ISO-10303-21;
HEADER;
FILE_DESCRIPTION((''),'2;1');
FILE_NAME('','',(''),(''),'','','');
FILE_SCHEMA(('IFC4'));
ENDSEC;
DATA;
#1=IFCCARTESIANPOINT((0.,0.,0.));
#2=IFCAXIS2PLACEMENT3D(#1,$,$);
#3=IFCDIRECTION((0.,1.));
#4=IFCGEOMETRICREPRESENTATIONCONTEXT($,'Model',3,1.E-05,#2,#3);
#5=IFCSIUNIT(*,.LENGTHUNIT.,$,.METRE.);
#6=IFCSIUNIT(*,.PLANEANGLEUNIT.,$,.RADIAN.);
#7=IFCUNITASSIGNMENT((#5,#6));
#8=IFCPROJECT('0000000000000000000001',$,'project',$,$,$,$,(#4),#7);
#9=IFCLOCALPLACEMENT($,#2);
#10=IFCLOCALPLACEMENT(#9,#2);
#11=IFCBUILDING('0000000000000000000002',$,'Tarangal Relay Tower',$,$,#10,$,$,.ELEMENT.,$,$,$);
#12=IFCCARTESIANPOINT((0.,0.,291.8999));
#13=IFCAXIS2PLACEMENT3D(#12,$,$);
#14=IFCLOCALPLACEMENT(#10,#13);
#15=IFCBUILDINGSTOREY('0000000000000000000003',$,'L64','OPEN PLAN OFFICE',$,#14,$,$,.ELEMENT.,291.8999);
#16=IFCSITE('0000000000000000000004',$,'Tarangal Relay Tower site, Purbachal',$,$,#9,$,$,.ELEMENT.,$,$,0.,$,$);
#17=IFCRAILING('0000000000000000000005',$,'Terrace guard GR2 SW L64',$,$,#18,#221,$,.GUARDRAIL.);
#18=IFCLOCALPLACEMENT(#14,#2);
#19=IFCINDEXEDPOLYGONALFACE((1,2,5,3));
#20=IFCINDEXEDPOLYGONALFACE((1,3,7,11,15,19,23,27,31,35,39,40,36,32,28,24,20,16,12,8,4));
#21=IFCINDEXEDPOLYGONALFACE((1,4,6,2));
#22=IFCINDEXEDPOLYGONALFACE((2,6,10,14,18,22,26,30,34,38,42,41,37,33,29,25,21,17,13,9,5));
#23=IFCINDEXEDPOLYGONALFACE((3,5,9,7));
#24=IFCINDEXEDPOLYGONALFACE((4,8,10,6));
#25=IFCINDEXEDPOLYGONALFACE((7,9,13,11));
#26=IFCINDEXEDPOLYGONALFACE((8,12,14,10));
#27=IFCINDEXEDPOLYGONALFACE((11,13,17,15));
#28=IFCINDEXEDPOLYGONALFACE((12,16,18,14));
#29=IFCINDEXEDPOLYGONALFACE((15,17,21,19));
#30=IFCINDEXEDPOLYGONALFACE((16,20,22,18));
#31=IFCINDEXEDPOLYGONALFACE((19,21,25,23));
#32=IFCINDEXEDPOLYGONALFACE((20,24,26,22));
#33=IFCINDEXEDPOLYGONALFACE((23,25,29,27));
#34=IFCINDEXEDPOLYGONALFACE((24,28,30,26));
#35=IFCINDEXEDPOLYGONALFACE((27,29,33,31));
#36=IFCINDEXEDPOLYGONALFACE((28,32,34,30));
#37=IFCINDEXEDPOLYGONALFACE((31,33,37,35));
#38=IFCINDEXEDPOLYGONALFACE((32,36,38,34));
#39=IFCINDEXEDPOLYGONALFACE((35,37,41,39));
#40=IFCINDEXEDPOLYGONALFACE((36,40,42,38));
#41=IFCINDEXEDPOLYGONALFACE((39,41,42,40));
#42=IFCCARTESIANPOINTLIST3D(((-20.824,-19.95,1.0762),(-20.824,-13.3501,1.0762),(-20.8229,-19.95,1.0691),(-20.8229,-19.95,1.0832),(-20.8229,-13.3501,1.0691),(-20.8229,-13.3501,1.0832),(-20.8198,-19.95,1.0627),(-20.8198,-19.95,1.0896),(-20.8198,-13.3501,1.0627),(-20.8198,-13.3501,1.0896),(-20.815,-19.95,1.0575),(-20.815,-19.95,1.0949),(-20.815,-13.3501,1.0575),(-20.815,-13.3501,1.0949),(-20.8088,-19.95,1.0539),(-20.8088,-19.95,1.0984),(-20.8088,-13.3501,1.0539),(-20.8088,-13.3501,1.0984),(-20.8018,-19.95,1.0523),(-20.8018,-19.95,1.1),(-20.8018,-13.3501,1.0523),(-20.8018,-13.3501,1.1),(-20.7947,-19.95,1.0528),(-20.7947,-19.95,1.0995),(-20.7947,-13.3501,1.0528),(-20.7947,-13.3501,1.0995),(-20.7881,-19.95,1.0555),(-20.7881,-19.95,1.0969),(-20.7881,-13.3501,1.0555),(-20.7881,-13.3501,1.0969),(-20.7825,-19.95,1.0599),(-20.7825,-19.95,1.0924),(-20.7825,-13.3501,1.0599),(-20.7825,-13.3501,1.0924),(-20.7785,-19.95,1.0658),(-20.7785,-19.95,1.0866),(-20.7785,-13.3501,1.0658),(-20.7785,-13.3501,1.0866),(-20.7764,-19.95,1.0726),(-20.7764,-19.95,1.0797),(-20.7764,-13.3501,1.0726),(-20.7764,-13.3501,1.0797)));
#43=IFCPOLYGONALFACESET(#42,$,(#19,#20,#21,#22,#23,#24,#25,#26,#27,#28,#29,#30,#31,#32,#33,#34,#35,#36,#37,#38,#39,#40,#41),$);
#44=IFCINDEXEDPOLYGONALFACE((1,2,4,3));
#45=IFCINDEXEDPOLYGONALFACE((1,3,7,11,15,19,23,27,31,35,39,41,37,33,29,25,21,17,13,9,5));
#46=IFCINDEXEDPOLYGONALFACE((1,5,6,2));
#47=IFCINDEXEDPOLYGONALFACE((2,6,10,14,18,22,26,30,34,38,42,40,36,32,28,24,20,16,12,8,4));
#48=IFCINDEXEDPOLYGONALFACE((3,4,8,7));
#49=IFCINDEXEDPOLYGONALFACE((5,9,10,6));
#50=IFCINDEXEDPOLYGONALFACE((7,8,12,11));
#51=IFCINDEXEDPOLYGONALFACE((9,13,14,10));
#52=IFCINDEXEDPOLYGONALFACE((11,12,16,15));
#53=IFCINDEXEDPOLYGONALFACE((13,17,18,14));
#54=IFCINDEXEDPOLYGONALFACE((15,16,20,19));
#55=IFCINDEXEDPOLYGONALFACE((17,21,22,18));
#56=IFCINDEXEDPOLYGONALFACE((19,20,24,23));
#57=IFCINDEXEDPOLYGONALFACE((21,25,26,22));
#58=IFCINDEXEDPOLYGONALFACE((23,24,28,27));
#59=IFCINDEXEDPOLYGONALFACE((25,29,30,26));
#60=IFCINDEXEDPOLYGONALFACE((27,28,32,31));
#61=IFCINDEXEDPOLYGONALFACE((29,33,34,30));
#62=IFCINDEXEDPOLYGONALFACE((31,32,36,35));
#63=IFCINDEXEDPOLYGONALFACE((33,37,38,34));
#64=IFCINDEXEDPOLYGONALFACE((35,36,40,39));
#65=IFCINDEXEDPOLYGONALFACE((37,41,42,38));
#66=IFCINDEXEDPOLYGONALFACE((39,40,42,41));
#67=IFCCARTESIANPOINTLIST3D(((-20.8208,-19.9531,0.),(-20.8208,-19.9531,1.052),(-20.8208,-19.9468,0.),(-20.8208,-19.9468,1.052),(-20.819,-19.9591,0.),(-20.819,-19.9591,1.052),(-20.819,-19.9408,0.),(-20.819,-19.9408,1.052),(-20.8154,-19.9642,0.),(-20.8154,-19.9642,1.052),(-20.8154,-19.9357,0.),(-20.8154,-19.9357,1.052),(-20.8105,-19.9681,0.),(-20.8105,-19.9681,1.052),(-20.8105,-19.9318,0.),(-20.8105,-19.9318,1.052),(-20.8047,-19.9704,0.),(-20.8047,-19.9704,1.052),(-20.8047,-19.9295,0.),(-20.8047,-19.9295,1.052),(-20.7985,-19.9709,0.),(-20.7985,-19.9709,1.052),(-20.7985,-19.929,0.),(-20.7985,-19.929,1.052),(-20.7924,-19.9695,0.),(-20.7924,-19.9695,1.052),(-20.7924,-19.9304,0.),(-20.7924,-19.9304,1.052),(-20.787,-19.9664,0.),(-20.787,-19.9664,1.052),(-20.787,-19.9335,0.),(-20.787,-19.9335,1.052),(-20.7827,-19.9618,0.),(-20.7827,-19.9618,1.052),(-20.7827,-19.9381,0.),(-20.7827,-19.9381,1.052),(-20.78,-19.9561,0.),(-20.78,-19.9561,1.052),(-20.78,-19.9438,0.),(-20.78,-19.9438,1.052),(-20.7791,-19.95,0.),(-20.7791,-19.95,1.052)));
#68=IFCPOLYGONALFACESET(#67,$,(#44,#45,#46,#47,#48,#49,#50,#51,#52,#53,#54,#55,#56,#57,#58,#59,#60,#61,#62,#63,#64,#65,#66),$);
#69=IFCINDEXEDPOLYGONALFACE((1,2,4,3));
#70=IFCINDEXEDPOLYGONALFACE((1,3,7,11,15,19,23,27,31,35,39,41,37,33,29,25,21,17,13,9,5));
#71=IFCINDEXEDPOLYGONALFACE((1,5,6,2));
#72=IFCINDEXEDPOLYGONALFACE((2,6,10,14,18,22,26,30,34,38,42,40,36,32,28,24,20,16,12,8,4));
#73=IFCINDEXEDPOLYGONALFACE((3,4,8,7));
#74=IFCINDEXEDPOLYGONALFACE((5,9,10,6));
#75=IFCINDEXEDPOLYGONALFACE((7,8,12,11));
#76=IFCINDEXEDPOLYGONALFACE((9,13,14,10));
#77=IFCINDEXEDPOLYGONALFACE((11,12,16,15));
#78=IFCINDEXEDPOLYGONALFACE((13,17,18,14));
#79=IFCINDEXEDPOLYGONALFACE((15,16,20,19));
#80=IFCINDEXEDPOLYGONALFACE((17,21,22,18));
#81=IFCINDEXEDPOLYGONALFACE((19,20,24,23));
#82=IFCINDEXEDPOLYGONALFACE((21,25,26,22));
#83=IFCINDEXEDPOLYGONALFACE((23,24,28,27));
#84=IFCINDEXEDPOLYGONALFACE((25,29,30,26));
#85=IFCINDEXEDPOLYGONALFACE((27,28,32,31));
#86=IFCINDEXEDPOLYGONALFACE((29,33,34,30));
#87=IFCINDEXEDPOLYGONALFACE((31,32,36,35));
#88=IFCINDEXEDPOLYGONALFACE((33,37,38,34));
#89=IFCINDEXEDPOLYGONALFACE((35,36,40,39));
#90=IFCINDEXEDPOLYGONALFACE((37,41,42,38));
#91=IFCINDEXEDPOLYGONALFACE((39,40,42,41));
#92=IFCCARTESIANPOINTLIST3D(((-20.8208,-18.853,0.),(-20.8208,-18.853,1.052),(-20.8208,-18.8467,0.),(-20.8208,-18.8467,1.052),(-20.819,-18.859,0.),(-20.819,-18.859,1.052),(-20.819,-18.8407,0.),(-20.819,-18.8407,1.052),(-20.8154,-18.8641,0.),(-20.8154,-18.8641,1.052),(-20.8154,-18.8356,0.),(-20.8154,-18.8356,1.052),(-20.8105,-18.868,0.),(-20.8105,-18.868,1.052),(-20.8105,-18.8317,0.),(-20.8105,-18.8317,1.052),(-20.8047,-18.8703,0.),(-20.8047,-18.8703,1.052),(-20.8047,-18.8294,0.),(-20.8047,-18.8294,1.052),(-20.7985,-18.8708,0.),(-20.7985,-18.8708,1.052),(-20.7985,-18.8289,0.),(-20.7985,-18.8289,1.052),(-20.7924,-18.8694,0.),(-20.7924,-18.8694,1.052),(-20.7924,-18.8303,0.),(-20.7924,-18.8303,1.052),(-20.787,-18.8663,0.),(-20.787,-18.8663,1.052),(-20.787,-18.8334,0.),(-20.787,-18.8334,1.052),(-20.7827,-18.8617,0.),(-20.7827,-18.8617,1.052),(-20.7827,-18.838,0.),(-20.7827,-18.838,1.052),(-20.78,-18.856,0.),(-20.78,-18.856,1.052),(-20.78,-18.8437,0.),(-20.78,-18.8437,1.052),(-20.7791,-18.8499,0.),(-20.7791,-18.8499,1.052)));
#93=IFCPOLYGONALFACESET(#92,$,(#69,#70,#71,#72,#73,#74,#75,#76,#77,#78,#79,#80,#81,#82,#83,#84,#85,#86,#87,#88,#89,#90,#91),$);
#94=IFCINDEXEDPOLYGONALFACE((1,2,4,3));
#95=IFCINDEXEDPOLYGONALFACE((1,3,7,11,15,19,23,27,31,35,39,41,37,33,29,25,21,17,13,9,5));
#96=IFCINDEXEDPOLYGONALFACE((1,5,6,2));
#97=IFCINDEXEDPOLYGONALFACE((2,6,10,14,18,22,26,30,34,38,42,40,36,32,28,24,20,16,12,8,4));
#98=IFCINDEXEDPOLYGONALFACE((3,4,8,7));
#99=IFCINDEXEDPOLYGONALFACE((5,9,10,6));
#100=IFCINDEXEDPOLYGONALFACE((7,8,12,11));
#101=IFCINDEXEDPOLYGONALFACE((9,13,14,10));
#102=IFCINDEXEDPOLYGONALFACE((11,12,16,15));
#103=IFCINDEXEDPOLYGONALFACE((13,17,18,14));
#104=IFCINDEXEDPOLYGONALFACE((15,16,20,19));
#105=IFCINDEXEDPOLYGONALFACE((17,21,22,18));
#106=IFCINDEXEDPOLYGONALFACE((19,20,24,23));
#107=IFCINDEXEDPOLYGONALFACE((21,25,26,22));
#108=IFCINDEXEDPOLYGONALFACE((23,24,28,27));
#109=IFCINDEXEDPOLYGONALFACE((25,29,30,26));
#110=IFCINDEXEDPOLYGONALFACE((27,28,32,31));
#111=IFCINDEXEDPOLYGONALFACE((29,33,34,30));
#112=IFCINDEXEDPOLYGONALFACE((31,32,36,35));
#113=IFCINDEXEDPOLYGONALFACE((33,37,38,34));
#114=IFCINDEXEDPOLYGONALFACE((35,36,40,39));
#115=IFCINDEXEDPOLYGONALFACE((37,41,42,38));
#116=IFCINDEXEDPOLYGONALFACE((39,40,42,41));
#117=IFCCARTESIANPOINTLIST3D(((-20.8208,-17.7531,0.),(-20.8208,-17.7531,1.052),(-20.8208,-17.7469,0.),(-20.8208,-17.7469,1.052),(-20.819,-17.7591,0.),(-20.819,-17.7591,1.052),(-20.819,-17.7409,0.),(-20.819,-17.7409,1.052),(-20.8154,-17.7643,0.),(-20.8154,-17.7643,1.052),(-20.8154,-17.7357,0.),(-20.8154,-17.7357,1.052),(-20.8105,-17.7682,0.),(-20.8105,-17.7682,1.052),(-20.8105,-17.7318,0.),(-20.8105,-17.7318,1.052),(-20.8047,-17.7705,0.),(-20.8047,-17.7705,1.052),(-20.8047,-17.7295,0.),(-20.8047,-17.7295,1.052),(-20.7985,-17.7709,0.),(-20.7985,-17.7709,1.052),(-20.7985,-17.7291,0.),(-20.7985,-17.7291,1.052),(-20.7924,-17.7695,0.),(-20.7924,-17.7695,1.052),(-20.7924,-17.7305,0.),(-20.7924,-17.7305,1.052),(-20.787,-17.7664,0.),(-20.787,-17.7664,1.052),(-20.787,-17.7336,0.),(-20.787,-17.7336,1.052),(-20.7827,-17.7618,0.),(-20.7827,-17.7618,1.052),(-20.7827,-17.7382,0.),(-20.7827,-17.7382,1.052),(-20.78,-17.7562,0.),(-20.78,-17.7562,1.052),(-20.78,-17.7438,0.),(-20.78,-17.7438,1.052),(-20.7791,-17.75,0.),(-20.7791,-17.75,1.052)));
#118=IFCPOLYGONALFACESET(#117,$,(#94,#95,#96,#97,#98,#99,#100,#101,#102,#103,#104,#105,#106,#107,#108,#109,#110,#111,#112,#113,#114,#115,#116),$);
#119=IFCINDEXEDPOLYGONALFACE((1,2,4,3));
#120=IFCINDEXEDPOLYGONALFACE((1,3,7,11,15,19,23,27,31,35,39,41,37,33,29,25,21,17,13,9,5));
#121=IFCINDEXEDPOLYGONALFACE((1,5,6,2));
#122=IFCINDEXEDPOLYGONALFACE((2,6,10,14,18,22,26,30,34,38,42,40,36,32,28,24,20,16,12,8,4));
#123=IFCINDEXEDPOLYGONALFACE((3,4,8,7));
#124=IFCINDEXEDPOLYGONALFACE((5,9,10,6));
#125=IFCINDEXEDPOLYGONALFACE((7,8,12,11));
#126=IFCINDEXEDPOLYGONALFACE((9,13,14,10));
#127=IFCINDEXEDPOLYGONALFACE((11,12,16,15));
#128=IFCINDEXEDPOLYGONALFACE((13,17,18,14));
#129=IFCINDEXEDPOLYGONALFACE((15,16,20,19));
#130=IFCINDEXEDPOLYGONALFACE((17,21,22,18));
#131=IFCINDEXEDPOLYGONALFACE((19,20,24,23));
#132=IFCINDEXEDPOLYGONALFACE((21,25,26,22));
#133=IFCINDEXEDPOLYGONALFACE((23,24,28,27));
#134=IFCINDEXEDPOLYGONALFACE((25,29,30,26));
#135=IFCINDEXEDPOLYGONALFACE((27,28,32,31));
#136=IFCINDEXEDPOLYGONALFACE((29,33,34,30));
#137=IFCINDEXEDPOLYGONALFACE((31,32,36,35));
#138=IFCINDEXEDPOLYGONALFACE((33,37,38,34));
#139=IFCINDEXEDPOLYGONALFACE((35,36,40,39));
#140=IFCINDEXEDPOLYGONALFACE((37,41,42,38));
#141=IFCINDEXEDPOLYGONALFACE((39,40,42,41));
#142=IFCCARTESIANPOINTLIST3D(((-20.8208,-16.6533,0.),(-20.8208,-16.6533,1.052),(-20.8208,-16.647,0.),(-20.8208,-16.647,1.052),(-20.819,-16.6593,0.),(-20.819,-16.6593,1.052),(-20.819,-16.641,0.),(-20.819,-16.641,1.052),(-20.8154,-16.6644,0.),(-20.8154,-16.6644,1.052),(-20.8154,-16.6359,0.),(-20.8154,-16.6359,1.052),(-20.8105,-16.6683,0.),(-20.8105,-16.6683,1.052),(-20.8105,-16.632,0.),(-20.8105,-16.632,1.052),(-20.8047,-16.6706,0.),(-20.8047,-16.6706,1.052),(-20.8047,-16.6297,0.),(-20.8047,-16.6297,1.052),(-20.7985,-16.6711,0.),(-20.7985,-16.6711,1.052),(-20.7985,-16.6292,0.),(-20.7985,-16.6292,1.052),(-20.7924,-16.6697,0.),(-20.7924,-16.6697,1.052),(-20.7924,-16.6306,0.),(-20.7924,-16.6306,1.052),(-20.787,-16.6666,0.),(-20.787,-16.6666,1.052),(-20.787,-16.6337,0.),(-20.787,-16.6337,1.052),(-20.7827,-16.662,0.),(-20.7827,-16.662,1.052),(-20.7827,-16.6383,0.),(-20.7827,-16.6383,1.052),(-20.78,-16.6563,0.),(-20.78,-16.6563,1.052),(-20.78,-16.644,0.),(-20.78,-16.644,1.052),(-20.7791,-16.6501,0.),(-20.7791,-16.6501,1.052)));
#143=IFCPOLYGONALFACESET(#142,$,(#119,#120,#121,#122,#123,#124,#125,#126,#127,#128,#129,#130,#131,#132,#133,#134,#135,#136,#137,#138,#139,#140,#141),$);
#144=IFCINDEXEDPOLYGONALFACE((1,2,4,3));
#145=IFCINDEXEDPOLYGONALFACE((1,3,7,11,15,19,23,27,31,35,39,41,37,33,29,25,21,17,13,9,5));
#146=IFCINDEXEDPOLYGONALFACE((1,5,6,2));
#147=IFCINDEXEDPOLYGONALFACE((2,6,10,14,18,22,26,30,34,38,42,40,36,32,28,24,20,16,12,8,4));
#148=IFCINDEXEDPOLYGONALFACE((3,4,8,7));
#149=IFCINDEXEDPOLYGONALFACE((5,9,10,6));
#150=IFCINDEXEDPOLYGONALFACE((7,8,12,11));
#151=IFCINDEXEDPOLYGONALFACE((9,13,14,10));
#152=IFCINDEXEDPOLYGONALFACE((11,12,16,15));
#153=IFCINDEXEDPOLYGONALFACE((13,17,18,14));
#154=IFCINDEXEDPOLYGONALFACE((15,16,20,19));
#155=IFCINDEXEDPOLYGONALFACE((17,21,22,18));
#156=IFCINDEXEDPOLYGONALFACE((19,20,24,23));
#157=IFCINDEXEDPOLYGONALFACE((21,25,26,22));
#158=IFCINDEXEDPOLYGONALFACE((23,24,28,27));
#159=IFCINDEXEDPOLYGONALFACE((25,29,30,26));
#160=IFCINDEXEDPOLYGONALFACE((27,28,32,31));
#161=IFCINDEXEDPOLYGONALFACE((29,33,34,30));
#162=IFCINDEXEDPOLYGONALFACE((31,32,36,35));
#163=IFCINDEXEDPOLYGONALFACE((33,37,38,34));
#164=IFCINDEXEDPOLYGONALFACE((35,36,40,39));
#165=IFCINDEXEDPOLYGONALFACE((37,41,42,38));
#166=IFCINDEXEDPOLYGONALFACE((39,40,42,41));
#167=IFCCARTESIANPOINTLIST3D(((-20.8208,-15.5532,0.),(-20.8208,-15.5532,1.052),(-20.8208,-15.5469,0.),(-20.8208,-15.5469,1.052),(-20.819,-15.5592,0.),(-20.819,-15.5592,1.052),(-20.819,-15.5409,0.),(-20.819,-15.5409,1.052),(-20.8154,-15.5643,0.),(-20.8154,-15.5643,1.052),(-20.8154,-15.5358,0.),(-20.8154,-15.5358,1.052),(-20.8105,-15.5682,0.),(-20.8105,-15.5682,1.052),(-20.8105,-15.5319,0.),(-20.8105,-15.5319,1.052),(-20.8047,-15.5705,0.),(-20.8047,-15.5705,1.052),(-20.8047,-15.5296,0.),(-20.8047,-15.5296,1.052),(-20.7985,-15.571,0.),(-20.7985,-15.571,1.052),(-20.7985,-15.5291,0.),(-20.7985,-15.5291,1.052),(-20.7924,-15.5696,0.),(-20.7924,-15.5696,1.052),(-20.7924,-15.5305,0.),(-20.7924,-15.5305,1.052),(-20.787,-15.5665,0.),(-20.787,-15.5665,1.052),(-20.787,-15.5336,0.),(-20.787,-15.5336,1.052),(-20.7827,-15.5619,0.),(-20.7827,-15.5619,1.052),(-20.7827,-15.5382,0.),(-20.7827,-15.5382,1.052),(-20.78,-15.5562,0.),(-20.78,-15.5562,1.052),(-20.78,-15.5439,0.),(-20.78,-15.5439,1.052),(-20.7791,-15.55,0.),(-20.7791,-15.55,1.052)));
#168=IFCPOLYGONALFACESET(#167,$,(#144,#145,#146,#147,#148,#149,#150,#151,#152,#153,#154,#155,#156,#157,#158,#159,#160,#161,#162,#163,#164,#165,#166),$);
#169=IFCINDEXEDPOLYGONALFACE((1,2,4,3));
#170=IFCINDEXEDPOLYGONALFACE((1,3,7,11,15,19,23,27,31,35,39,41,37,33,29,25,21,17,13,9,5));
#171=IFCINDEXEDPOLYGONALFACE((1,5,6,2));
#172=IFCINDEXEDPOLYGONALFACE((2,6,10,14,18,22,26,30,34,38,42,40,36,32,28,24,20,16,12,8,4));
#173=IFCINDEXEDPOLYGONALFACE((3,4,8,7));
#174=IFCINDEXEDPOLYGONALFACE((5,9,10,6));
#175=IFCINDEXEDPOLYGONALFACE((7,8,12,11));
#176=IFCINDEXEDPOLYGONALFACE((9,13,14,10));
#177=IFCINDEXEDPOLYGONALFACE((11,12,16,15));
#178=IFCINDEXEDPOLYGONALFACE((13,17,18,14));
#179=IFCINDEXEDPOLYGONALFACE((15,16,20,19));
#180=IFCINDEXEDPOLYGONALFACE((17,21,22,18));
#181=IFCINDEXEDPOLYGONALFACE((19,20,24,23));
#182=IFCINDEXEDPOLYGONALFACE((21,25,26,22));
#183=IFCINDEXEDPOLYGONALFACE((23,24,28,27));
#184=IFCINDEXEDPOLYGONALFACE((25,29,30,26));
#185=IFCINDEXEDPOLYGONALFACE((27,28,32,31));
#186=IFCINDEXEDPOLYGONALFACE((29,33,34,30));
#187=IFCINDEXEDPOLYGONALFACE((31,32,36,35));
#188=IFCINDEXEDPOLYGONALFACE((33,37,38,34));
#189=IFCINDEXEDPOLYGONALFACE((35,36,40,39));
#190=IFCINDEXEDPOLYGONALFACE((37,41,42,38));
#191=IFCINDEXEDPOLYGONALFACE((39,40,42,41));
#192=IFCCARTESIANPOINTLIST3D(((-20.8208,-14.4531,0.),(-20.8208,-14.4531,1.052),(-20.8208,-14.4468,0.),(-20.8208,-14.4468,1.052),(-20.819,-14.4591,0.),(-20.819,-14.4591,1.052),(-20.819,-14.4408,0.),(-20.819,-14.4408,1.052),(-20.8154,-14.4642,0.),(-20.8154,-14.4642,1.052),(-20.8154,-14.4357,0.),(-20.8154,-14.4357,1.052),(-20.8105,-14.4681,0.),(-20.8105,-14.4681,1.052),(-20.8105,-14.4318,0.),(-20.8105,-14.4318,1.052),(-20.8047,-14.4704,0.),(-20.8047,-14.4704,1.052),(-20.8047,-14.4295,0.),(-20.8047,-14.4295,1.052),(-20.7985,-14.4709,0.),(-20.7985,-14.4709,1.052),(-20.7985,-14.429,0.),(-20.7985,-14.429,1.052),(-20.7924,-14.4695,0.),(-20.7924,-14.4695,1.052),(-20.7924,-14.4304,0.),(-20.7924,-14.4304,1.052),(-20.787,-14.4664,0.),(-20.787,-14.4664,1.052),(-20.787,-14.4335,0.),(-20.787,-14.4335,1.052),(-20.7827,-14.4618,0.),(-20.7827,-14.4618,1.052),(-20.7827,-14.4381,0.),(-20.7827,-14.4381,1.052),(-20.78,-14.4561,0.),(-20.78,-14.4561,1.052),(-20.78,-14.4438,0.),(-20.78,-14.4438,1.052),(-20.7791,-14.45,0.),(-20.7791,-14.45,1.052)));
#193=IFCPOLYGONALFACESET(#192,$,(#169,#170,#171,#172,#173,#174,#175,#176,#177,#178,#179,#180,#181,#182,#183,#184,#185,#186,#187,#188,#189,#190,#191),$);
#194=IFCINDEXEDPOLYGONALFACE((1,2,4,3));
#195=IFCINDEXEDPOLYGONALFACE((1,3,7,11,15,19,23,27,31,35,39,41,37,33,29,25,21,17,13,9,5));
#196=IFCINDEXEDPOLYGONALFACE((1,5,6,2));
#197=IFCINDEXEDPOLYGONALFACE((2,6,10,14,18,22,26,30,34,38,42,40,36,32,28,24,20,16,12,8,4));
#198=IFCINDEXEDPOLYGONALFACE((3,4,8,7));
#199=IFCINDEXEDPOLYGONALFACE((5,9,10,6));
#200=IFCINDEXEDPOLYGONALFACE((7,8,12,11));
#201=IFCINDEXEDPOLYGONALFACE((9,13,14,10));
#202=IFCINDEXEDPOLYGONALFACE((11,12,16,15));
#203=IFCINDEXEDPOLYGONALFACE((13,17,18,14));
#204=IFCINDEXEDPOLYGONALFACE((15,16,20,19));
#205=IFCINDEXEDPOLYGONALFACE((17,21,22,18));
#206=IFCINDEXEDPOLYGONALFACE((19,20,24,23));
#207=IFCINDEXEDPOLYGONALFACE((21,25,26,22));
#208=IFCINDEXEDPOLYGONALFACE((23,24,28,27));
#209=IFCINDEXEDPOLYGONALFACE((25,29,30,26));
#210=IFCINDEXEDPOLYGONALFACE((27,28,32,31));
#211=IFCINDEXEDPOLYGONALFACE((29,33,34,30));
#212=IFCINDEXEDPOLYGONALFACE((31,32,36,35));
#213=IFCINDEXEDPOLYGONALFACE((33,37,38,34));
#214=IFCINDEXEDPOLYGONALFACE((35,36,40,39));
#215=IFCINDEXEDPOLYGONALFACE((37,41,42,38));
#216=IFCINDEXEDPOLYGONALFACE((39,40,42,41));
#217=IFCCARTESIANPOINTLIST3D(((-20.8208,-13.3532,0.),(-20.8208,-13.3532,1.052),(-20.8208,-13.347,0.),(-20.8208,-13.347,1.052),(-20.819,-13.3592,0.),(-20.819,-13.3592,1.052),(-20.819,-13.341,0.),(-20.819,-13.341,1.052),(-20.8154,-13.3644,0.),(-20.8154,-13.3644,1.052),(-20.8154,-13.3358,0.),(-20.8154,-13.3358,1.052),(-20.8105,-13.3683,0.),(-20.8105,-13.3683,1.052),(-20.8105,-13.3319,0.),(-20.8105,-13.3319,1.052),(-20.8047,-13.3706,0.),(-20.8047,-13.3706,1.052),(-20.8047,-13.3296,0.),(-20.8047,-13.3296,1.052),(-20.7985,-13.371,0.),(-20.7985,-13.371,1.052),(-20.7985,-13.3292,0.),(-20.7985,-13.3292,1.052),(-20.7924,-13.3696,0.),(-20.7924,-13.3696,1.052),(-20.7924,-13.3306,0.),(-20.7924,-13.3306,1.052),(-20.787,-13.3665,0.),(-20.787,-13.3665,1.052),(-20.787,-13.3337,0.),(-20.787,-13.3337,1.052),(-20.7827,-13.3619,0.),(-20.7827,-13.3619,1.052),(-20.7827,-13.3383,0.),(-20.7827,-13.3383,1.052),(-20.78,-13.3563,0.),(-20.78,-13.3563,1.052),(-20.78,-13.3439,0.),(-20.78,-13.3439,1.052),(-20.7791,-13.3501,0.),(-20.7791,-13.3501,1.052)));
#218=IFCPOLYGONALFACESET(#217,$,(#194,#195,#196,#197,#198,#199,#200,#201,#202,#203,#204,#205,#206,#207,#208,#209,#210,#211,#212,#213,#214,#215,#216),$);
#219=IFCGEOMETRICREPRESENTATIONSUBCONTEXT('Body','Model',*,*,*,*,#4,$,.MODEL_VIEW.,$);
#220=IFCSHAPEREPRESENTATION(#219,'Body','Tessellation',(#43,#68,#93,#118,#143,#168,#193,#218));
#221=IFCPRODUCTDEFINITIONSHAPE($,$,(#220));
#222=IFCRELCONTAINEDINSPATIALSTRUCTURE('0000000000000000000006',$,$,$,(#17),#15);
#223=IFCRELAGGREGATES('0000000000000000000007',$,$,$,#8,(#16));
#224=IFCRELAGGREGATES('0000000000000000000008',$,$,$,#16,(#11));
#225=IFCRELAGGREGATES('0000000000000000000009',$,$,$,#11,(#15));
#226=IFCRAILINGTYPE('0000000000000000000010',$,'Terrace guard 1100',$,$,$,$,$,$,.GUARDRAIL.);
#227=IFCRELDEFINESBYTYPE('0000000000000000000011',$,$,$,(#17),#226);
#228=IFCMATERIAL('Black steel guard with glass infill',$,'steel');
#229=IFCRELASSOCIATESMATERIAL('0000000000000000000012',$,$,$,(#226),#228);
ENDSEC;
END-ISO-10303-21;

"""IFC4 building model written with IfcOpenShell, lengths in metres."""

from ifc_helpers import new_model, si_unit, direction, frame, origin, origin_2d, place, context, subcontext, project, spatial, circle, extrude, material, type_object, element, save


model = new_model("IFC4")

# Units and contexts
model_context = context("Model", 3, precision=1e-05, world=origin(), true_north=direction((0.0, 1.0)))
body_context = subcontext(model_context, "Body", "Model", "MODEL_VIEW")
ifc_project = project(units=[si_unit("LENGTHUNIT", "METRE"), si_unit("PLANEANGLEUNIT", "RADIAN")], contexts=[model_context])

# Site, building, storey
site_placement = place(None, origin())
site = spatial("IfcSite", under=ifc_project, at=site_placement, Name="Tarangal Relay Tower site, Purbachal", CompositionType="ELEMENT", RefElevation=0.0)
building_placement = place(site_placement, origin())
building = spatial("IfcBuilding", under=site, at=building_placement, Name="Tarangal Relay Tower", CompositionType="ELEMENT")
storey_placement = place(building_placement, frame((0.0, 0.0, 291.8999)))
storey = spatial("IfcBuildingStorey", under=building, at=storey_placement, Name="L64", Description="OPEN PLAN OFFICE", CompositionType="ELEMENT", Elevation=291.8999)

# Railing
ifc_material_1 = material(Name="Black steel guard with glass infill", Category="steel")
railing_type = type_object("IfcRailingType", Name="Terrace guard 1100", PredefinedType="GUARDRAIL", material=ifc_material_1)
railing_1_placement = place(storey_placement, frame((-20.8, -19.95, 0.0)))
element("IfcRailing", 1, at=railing_1_placement, inside=storey, type_object=railing_type, Name="Terrace guard GR2 SW L64", PredefinedType="GUARDRAIL", context=body_context, shape_type="SweptSolid", body=[
    extrude(circle(Radius=0.0239, at=origin_2d()), frame((0.0, 0.0, 1.0762), z_axis=(0.0, 1.0, 0.0), x_axis=(-1.0, 0.0, 0.0)), (0.0, 0.0, 1.0), 6.5999),
    extrude(circle(Radius=0.021, at=origin_2d()), origin(), (0.0, 0.0, 1.0), 1.052),
    extrude(circle(Radius=0.021, at=origin_2d()), frame((0.0, 1.1001, 0.0)), (0.0, 0.0, 1.0), 1.052),
    extrude(circle(Radius=0.021, at=origin_2d()), frame((0.0, 2.2, 0.0)), (0.0, 0.0, 1.0), 1.052),
    extrude(circle(Radius=0.021, at=origin_2d()), frame((0.0, 3.2998, 0.0)), (0.0, 0.0, 1.0), 1.052),
    extrude(circle(Radius=0.021, at=origin_2d()), frame((0.0, 4.3999, 0.0)), (0.0, 0.0, 1.0), 1.052),
    extrude(circle(Radius=0.021, at=origin_2d()), frame((0.0, 5.5, 0.0)), (0.0, 0.0, 1.0), 1.052),
    extrude(circle(Radius=0.021, at=origin_2d()), frame((0.0, 6.5999, 0.0)), (0.0, 0.0, 1.0), 1.052),
])

save(model, "model.ifc")
